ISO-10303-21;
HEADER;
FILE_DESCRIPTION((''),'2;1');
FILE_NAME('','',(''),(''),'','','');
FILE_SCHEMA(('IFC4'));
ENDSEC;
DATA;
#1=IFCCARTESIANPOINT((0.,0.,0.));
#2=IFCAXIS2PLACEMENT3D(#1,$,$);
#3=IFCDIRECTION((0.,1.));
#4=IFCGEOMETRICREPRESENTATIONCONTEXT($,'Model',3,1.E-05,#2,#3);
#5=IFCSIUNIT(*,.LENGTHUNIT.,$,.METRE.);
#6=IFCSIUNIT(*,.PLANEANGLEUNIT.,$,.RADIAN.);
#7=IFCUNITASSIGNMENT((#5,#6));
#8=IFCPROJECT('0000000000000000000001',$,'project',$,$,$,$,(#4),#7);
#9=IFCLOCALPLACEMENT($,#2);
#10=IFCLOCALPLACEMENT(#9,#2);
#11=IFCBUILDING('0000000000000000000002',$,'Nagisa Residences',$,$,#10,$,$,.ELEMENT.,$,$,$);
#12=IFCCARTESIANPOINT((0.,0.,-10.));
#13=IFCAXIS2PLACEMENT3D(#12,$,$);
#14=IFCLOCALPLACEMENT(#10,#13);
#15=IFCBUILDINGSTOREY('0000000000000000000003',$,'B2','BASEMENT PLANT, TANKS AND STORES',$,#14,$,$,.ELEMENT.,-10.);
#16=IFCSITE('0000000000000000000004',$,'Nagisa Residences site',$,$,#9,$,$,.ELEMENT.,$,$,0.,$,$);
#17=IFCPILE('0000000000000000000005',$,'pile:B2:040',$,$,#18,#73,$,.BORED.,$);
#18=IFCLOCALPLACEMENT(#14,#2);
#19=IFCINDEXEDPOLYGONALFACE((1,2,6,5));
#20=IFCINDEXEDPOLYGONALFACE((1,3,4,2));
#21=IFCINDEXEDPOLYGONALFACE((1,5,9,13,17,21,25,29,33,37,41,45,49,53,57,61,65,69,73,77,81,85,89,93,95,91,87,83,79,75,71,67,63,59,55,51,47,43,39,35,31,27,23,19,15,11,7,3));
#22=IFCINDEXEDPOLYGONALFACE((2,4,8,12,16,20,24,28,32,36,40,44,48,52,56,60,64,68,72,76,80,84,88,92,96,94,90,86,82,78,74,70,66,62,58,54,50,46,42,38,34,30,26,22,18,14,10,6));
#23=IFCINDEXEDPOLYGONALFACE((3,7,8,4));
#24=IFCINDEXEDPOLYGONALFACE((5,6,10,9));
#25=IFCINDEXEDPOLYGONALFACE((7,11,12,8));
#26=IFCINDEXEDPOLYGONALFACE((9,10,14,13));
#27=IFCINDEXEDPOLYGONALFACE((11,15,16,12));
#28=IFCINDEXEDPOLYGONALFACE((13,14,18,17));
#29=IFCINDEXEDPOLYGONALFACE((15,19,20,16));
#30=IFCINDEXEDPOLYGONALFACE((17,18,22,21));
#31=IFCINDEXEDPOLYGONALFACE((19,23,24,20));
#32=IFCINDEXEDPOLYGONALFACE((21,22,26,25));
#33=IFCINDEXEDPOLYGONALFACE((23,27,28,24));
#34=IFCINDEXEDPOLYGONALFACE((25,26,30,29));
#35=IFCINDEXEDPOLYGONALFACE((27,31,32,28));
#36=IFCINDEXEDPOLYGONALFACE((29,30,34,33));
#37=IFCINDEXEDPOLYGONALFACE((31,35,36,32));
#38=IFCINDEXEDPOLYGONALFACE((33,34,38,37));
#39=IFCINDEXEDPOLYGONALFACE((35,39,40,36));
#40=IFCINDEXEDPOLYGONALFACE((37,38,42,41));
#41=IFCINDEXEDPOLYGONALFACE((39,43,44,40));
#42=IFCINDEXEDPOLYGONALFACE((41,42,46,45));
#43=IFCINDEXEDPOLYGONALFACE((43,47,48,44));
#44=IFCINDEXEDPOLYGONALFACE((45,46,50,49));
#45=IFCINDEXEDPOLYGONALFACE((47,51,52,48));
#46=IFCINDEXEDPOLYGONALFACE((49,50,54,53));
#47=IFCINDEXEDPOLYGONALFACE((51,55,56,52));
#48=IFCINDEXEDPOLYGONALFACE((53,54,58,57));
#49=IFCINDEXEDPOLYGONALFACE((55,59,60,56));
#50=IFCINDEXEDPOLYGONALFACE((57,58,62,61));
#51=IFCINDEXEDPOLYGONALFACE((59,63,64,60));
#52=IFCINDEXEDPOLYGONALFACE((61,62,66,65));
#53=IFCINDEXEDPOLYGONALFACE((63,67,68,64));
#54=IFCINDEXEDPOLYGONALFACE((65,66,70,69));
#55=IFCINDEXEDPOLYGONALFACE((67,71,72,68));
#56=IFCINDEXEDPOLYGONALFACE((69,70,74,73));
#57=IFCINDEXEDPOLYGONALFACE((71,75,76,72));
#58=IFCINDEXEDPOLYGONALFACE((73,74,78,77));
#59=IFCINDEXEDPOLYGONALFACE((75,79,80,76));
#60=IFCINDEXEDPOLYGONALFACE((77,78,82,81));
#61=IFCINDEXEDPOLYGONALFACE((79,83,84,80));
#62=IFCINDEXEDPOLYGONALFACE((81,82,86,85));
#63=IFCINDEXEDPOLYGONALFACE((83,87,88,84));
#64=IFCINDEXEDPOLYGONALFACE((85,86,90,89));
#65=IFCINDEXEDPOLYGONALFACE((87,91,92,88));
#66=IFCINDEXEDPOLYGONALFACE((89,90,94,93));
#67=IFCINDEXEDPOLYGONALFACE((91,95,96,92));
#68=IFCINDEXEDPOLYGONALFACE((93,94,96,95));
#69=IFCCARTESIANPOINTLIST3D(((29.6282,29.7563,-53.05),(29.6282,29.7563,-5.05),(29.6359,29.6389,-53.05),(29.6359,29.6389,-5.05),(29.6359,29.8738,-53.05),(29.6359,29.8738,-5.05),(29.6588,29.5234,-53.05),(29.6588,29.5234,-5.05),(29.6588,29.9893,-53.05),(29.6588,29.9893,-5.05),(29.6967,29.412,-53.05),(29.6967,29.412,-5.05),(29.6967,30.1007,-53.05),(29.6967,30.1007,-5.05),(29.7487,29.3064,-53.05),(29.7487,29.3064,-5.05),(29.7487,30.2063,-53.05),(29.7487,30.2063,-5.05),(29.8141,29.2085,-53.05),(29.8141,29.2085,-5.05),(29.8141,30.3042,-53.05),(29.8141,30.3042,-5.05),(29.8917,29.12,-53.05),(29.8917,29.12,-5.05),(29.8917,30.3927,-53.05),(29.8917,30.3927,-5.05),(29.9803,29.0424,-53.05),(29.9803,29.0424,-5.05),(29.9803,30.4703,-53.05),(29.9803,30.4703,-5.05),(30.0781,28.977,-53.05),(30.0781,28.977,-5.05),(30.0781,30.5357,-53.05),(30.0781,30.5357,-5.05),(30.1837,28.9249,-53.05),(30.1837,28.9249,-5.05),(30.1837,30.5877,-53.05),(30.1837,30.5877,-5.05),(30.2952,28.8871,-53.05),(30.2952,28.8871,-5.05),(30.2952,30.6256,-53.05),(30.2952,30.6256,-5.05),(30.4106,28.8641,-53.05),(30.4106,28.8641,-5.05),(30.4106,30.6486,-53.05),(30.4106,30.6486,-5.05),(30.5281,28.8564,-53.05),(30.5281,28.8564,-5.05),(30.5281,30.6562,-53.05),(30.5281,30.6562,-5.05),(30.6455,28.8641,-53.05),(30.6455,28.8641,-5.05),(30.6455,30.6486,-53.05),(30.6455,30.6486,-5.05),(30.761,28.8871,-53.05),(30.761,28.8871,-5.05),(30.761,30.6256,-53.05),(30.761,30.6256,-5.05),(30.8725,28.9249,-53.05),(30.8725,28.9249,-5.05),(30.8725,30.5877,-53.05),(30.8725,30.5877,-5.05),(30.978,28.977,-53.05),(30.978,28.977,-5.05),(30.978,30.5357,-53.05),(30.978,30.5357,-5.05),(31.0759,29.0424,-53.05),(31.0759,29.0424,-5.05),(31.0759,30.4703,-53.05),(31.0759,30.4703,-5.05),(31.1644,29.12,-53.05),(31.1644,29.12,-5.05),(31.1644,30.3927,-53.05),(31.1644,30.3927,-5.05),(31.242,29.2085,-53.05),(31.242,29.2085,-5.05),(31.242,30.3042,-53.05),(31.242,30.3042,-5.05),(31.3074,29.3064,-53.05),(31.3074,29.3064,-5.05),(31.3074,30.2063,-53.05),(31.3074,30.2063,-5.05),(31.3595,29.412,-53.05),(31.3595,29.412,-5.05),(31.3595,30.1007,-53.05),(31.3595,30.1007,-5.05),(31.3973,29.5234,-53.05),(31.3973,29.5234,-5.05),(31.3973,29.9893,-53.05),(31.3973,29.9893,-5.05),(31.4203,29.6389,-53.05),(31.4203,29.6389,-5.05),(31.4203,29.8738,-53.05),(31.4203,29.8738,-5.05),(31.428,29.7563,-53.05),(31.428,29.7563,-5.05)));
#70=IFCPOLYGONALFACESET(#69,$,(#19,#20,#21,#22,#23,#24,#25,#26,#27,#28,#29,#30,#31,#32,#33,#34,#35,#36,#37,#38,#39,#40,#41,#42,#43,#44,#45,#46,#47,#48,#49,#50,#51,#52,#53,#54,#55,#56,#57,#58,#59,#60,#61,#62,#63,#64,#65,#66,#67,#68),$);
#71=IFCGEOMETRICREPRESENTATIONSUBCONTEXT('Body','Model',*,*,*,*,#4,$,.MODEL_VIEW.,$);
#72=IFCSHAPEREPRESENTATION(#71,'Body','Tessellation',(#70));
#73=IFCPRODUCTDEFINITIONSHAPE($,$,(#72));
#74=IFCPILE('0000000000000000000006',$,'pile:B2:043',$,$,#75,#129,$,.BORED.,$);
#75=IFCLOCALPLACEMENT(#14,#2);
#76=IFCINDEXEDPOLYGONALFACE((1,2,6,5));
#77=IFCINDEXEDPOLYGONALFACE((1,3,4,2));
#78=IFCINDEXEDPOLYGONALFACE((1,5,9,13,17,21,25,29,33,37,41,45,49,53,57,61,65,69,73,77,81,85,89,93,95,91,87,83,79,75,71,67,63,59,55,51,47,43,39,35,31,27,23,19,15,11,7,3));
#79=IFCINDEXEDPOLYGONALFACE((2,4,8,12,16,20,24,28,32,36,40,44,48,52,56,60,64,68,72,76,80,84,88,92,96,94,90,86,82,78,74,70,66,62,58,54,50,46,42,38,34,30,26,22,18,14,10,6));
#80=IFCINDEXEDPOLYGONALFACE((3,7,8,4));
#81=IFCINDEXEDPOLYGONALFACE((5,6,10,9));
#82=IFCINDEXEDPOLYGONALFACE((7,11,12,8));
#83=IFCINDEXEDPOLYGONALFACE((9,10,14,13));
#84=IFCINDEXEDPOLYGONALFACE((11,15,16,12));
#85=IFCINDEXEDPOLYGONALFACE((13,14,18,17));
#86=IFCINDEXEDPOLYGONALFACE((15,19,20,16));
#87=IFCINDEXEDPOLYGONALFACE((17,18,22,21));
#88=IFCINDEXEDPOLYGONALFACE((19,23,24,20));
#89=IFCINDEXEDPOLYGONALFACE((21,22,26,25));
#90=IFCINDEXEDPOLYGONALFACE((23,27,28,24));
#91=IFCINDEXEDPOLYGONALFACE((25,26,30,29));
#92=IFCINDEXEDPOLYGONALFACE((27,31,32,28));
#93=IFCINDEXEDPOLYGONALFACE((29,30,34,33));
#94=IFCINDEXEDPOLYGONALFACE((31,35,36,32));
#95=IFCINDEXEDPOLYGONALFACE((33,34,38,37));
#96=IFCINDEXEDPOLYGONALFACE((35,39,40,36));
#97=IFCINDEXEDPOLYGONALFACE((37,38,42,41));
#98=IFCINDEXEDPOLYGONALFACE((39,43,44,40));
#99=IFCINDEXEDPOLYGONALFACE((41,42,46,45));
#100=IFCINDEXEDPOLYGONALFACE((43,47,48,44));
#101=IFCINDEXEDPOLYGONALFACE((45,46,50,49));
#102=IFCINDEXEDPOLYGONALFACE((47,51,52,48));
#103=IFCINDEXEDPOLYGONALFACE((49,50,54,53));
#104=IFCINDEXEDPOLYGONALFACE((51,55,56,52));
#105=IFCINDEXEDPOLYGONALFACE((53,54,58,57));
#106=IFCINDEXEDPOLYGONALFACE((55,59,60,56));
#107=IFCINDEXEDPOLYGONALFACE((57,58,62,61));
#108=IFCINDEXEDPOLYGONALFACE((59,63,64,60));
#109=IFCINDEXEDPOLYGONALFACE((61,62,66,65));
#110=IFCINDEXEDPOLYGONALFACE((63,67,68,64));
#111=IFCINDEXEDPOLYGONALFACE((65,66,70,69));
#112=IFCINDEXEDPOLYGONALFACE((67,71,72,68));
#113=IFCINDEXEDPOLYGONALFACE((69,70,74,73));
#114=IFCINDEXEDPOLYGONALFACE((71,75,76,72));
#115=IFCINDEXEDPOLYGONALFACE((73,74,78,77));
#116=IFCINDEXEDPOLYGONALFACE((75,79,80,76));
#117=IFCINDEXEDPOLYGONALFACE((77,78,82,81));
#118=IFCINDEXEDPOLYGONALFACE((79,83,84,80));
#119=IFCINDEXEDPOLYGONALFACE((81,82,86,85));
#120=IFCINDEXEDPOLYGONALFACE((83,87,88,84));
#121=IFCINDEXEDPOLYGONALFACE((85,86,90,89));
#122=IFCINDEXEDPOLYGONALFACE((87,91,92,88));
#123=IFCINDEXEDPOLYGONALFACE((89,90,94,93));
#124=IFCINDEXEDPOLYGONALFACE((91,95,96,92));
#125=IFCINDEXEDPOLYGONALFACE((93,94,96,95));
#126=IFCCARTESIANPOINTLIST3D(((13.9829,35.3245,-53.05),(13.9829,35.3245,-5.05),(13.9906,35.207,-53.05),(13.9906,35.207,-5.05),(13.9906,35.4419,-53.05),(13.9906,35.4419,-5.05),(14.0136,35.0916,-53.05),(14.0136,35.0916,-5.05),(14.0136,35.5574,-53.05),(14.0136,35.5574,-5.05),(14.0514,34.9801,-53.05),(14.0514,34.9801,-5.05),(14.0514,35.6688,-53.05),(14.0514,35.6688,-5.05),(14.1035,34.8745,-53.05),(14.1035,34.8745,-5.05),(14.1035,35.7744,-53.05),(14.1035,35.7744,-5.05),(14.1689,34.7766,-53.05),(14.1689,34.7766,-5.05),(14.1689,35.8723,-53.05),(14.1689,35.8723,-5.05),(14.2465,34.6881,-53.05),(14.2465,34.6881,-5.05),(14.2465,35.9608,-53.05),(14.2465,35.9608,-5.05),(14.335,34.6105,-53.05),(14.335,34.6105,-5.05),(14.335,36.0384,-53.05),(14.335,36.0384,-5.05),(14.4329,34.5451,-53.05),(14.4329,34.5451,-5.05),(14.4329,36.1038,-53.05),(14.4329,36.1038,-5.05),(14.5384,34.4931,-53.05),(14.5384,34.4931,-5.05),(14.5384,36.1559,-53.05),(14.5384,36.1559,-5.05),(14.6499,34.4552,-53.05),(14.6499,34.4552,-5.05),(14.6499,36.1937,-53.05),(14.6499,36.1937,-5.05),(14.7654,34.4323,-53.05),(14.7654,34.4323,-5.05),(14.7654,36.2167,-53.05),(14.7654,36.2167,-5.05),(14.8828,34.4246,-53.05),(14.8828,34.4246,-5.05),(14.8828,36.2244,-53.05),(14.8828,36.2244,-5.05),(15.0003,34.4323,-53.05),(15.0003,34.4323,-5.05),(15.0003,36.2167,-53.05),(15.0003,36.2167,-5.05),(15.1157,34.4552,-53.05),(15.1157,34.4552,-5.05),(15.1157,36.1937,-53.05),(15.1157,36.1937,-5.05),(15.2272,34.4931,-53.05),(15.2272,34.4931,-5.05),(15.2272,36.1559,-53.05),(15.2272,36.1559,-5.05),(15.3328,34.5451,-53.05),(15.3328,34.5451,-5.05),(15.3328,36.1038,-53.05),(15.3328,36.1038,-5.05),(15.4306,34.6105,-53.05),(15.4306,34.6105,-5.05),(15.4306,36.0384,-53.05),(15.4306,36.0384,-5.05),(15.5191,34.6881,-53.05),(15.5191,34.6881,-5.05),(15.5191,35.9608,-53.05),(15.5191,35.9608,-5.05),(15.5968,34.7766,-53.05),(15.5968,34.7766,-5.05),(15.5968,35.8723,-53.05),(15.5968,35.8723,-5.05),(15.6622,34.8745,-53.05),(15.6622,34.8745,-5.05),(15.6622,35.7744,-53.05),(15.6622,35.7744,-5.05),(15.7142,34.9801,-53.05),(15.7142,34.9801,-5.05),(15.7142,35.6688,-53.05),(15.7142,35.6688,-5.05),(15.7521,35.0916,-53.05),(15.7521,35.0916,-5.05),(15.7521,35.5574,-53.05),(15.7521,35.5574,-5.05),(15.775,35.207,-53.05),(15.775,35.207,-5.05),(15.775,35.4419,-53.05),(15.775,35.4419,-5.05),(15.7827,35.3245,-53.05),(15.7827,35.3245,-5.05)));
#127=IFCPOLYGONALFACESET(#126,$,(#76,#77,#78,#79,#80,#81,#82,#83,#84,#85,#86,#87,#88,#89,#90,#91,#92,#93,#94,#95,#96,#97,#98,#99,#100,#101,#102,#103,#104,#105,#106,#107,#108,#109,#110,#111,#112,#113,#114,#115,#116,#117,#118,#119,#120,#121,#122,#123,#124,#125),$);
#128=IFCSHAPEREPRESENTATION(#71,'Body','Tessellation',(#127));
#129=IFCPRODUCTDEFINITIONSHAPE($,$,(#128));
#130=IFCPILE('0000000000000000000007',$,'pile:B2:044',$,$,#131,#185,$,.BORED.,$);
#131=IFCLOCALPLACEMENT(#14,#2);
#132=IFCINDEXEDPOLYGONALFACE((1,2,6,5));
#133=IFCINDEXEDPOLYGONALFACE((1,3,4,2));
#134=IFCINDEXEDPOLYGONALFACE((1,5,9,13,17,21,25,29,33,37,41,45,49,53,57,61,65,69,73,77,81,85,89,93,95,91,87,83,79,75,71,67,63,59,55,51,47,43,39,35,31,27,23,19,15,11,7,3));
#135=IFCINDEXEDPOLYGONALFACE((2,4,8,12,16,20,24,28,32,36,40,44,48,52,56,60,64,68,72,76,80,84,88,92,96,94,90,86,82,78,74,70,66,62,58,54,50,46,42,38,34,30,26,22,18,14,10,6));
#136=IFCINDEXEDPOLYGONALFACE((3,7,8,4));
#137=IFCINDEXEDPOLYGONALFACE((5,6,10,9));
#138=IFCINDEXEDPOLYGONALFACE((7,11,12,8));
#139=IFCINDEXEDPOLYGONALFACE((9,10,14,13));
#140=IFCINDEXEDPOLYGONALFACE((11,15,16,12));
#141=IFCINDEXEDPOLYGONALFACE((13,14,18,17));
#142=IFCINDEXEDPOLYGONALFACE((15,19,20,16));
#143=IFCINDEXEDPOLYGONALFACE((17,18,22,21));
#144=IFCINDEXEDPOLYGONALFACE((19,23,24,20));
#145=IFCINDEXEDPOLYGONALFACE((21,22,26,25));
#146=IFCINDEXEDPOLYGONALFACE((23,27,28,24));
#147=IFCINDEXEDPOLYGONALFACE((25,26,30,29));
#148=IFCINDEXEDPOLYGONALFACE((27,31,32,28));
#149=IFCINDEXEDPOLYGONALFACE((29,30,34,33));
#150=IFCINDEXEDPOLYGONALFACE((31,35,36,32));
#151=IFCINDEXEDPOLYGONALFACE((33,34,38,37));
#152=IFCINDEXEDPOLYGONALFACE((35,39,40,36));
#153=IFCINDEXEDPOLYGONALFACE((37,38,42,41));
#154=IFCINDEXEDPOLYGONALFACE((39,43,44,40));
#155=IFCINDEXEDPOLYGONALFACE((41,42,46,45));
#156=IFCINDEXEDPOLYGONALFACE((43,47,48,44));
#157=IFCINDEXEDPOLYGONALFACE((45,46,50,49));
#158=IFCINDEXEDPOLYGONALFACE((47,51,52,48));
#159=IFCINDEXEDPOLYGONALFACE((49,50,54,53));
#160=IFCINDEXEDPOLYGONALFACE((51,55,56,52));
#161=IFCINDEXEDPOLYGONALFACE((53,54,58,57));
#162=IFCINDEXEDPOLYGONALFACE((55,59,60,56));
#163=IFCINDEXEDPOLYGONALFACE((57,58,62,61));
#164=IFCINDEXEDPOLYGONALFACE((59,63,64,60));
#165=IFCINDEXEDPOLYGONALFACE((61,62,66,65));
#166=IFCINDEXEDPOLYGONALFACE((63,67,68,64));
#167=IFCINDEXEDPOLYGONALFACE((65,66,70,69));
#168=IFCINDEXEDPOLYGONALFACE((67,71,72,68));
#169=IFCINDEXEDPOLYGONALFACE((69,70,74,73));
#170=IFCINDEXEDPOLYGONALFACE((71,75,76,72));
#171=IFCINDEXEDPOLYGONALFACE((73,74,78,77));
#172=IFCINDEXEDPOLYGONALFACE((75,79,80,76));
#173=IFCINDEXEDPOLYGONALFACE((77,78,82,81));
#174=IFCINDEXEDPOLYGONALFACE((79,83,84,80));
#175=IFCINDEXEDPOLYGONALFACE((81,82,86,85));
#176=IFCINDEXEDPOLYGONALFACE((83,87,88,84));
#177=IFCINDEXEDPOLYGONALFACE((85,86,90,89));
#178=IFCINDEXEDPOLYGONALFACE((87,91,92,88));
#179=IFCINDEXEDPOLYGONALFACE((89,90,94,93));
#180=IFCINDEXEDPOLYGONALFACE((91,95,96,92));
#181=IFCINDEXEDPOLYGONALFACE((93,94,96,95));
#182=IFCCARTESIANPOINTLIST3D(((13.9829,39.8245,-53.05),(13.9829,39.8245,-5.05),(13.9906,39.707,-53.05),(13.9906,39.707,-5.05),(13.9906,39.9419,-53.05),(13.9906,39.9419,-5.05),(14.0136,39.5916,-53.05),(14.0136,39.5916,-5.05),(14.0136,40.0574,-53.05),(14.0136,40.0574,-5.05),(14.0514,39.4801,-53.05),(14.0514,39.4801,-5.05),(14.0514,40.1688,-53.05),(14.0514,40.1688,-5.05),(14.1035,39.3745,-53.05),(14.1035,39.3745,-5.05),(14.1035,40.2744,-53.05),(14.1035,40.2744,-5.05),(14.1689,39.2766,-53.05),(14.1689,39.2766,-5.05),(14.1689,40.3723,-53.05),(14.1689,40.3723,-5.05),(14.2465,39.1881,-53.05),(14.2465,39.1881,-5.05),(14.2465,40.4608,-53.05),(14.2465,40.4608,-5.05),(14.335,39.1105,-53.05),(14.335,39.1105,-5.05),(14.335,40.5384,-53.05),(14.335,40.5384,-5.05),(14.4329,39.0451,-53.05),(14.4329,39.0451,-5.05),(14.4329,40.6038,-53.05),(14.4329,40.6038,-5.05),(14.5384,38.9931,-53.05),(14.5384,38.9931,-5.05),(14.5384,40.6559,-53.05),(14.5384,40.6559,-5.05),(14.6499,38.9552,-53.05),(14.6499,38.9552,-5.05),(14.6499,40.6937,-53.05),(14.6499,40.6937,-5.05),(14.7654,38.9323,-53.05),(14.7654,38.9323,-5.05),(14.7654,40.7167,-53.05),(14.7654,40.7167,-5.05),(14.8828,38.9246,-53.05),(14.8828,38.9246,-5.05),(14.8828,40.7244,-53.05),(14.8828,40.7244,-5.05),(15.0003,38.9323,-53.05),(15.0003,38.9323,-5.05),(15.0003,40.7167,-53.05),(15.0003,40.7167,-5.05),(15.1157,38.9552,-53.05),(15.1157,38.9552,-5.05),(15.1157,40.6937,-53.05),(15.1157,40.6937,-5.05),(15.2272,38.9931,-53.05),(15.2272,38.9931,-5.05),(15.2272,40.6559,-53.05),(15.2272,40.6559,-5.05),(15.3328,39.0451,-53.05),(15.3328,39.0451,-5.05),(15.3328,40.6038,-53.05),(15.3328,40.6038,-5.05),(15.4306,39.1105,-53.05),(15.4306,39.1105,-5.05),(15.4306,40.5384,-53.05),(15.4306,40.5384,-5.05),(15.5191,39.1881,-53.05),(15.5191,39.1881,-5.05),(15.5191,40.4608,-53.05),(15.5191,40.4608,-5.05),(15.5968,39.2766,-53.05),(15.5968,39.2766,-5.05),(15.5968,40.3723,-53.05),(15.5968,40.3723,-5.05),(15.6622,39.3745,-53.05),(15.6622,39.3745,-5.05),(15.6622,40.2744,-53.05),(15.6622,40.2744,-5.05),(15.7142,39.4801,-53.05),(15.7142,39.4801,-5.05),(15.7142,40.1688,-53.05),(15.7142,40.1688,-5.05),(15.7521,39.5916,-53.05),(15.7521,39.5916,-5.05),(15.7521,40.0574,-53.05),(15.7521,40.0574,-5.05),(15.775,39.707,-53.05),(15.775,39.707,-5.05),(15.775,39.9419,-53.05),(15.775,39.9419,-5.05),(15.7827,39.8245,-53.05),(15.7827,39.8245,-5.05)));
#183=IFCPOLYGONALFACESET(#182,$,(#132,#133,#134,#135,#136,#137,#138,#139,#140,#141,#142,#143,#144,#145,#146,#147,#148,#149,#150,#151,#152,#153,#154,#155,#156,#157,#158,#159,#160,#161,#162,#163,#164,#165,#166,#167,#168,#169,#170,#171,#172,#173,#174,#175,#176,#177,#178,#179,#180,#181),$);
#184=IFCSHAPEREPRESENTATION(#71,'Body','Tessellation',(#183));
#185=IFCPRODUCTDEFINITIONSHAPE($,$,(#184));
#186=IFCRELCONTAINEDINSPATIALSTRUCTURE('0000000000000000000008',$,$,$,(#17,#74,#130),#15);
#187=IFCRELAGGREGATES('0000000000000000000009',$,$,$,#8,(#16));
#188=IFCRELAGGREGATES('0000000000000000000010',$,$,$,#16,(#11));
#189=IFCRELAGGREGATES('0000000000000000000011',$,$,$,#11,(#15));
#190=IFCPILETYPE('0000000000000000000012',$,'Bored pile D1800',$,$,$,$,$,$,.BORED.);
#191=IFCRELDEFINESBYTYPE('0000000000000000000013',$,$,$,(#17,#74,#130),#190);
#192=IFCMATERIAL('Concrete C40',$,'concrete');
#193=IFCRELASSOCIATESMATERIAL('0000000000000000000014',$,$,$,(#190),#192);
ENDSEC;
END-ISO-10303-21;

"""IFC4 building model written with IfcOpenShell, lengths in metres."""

from ifc_helpers import new_model, si_unit, direction, frame, origin, origin_2d, place, context, subcontext, project, spatial, circle, extrude, material, material_profile, profile_set, type_object, element, save


model = new_model("IFC4")

# Units and contexts
model_context = context("Model", 3, precision=1e-05, world=origin(), true_north=direction((0.0, 1.0)))
body_context = subcontext(model_context, "Body", "Model", "MODEL_VIEW")
ifc_project = project(units=[si_unit("LENGTHUNIT", "METRE"), si_unit("PLANEANGLEUNIT", "RADIAN")], contexts=[model_context])

# Site, building, storey
site_placement = place(None, origin())
site = spatial("IfcSite", under=ifc_project, at=site_placement, Name="Nagisa Residences site", CompositionType="ELEMENT", RefElevation=0.0)
building_placement = place(site_placement, origin())
building = spatial("IfcBuilding", under=site, at=building_placement, Name="Nagisa Residences", CompositionType="ELEMENT")
storey_placement = place(building_placement, frame((0.0, 0.0, -10.0)))
storey = spatial("IfcBuildingStorey", under=building, at=storey_placement, Name="B2", Description="BASEMENT PLANT, TANKS AND STORES", CompositionType="ELEMENT", Elevation=-10.0)

# Piles
ifc_material_1 = material(Name="Concrete C40", Category="concrete")
ifc_material_profile_1 = material_profile(ifc_material_1, circle(Radius=0.8999, at=origin_2d()), Name="Bored pile D1800")
ifc_profile_set_1 = profile_set([ifc_material_profile_1], Name="Concrete C40")
pile_type = type_object("IfcPileType", Name="Bored pile D1800", PredefinedType="BORED", material=ifc_profile_set_1)
for number, where, z_axis, x_axis, name in (
    (1, (30.5281, 29.7563, -5.05), (0.0, 0.0, -1.0), (1.0, 0.0, 0.0), "pile:B2:040"),
    (2, (14.8828, 35.3245, -5.05), (0.0, 0.0, -1.0), (1.0, 0.0, 0.0), "pile:B2:043"),
    (3, (14.8828, 39.8245, -5.05), (0.0, 0.0, -1.0), (1.0, 0.0, 0.0), "pile:B2:044"),
):
    element("IfcPile", number, at=place(storey_placement, frame(where, z_axis=z_axis, x_axis=x_axis)), inside=storey, type_object=pile_type, Name=name, PredefinedType="BORED", context=body_context, shape_type="SweptSolid", body=[
        extrude(circle(Radius=0.8999, at=origin_2d()), origin(), (0.0, 0.0, 1.0), 48.0),
    ])

save(model, "model.ifc")
